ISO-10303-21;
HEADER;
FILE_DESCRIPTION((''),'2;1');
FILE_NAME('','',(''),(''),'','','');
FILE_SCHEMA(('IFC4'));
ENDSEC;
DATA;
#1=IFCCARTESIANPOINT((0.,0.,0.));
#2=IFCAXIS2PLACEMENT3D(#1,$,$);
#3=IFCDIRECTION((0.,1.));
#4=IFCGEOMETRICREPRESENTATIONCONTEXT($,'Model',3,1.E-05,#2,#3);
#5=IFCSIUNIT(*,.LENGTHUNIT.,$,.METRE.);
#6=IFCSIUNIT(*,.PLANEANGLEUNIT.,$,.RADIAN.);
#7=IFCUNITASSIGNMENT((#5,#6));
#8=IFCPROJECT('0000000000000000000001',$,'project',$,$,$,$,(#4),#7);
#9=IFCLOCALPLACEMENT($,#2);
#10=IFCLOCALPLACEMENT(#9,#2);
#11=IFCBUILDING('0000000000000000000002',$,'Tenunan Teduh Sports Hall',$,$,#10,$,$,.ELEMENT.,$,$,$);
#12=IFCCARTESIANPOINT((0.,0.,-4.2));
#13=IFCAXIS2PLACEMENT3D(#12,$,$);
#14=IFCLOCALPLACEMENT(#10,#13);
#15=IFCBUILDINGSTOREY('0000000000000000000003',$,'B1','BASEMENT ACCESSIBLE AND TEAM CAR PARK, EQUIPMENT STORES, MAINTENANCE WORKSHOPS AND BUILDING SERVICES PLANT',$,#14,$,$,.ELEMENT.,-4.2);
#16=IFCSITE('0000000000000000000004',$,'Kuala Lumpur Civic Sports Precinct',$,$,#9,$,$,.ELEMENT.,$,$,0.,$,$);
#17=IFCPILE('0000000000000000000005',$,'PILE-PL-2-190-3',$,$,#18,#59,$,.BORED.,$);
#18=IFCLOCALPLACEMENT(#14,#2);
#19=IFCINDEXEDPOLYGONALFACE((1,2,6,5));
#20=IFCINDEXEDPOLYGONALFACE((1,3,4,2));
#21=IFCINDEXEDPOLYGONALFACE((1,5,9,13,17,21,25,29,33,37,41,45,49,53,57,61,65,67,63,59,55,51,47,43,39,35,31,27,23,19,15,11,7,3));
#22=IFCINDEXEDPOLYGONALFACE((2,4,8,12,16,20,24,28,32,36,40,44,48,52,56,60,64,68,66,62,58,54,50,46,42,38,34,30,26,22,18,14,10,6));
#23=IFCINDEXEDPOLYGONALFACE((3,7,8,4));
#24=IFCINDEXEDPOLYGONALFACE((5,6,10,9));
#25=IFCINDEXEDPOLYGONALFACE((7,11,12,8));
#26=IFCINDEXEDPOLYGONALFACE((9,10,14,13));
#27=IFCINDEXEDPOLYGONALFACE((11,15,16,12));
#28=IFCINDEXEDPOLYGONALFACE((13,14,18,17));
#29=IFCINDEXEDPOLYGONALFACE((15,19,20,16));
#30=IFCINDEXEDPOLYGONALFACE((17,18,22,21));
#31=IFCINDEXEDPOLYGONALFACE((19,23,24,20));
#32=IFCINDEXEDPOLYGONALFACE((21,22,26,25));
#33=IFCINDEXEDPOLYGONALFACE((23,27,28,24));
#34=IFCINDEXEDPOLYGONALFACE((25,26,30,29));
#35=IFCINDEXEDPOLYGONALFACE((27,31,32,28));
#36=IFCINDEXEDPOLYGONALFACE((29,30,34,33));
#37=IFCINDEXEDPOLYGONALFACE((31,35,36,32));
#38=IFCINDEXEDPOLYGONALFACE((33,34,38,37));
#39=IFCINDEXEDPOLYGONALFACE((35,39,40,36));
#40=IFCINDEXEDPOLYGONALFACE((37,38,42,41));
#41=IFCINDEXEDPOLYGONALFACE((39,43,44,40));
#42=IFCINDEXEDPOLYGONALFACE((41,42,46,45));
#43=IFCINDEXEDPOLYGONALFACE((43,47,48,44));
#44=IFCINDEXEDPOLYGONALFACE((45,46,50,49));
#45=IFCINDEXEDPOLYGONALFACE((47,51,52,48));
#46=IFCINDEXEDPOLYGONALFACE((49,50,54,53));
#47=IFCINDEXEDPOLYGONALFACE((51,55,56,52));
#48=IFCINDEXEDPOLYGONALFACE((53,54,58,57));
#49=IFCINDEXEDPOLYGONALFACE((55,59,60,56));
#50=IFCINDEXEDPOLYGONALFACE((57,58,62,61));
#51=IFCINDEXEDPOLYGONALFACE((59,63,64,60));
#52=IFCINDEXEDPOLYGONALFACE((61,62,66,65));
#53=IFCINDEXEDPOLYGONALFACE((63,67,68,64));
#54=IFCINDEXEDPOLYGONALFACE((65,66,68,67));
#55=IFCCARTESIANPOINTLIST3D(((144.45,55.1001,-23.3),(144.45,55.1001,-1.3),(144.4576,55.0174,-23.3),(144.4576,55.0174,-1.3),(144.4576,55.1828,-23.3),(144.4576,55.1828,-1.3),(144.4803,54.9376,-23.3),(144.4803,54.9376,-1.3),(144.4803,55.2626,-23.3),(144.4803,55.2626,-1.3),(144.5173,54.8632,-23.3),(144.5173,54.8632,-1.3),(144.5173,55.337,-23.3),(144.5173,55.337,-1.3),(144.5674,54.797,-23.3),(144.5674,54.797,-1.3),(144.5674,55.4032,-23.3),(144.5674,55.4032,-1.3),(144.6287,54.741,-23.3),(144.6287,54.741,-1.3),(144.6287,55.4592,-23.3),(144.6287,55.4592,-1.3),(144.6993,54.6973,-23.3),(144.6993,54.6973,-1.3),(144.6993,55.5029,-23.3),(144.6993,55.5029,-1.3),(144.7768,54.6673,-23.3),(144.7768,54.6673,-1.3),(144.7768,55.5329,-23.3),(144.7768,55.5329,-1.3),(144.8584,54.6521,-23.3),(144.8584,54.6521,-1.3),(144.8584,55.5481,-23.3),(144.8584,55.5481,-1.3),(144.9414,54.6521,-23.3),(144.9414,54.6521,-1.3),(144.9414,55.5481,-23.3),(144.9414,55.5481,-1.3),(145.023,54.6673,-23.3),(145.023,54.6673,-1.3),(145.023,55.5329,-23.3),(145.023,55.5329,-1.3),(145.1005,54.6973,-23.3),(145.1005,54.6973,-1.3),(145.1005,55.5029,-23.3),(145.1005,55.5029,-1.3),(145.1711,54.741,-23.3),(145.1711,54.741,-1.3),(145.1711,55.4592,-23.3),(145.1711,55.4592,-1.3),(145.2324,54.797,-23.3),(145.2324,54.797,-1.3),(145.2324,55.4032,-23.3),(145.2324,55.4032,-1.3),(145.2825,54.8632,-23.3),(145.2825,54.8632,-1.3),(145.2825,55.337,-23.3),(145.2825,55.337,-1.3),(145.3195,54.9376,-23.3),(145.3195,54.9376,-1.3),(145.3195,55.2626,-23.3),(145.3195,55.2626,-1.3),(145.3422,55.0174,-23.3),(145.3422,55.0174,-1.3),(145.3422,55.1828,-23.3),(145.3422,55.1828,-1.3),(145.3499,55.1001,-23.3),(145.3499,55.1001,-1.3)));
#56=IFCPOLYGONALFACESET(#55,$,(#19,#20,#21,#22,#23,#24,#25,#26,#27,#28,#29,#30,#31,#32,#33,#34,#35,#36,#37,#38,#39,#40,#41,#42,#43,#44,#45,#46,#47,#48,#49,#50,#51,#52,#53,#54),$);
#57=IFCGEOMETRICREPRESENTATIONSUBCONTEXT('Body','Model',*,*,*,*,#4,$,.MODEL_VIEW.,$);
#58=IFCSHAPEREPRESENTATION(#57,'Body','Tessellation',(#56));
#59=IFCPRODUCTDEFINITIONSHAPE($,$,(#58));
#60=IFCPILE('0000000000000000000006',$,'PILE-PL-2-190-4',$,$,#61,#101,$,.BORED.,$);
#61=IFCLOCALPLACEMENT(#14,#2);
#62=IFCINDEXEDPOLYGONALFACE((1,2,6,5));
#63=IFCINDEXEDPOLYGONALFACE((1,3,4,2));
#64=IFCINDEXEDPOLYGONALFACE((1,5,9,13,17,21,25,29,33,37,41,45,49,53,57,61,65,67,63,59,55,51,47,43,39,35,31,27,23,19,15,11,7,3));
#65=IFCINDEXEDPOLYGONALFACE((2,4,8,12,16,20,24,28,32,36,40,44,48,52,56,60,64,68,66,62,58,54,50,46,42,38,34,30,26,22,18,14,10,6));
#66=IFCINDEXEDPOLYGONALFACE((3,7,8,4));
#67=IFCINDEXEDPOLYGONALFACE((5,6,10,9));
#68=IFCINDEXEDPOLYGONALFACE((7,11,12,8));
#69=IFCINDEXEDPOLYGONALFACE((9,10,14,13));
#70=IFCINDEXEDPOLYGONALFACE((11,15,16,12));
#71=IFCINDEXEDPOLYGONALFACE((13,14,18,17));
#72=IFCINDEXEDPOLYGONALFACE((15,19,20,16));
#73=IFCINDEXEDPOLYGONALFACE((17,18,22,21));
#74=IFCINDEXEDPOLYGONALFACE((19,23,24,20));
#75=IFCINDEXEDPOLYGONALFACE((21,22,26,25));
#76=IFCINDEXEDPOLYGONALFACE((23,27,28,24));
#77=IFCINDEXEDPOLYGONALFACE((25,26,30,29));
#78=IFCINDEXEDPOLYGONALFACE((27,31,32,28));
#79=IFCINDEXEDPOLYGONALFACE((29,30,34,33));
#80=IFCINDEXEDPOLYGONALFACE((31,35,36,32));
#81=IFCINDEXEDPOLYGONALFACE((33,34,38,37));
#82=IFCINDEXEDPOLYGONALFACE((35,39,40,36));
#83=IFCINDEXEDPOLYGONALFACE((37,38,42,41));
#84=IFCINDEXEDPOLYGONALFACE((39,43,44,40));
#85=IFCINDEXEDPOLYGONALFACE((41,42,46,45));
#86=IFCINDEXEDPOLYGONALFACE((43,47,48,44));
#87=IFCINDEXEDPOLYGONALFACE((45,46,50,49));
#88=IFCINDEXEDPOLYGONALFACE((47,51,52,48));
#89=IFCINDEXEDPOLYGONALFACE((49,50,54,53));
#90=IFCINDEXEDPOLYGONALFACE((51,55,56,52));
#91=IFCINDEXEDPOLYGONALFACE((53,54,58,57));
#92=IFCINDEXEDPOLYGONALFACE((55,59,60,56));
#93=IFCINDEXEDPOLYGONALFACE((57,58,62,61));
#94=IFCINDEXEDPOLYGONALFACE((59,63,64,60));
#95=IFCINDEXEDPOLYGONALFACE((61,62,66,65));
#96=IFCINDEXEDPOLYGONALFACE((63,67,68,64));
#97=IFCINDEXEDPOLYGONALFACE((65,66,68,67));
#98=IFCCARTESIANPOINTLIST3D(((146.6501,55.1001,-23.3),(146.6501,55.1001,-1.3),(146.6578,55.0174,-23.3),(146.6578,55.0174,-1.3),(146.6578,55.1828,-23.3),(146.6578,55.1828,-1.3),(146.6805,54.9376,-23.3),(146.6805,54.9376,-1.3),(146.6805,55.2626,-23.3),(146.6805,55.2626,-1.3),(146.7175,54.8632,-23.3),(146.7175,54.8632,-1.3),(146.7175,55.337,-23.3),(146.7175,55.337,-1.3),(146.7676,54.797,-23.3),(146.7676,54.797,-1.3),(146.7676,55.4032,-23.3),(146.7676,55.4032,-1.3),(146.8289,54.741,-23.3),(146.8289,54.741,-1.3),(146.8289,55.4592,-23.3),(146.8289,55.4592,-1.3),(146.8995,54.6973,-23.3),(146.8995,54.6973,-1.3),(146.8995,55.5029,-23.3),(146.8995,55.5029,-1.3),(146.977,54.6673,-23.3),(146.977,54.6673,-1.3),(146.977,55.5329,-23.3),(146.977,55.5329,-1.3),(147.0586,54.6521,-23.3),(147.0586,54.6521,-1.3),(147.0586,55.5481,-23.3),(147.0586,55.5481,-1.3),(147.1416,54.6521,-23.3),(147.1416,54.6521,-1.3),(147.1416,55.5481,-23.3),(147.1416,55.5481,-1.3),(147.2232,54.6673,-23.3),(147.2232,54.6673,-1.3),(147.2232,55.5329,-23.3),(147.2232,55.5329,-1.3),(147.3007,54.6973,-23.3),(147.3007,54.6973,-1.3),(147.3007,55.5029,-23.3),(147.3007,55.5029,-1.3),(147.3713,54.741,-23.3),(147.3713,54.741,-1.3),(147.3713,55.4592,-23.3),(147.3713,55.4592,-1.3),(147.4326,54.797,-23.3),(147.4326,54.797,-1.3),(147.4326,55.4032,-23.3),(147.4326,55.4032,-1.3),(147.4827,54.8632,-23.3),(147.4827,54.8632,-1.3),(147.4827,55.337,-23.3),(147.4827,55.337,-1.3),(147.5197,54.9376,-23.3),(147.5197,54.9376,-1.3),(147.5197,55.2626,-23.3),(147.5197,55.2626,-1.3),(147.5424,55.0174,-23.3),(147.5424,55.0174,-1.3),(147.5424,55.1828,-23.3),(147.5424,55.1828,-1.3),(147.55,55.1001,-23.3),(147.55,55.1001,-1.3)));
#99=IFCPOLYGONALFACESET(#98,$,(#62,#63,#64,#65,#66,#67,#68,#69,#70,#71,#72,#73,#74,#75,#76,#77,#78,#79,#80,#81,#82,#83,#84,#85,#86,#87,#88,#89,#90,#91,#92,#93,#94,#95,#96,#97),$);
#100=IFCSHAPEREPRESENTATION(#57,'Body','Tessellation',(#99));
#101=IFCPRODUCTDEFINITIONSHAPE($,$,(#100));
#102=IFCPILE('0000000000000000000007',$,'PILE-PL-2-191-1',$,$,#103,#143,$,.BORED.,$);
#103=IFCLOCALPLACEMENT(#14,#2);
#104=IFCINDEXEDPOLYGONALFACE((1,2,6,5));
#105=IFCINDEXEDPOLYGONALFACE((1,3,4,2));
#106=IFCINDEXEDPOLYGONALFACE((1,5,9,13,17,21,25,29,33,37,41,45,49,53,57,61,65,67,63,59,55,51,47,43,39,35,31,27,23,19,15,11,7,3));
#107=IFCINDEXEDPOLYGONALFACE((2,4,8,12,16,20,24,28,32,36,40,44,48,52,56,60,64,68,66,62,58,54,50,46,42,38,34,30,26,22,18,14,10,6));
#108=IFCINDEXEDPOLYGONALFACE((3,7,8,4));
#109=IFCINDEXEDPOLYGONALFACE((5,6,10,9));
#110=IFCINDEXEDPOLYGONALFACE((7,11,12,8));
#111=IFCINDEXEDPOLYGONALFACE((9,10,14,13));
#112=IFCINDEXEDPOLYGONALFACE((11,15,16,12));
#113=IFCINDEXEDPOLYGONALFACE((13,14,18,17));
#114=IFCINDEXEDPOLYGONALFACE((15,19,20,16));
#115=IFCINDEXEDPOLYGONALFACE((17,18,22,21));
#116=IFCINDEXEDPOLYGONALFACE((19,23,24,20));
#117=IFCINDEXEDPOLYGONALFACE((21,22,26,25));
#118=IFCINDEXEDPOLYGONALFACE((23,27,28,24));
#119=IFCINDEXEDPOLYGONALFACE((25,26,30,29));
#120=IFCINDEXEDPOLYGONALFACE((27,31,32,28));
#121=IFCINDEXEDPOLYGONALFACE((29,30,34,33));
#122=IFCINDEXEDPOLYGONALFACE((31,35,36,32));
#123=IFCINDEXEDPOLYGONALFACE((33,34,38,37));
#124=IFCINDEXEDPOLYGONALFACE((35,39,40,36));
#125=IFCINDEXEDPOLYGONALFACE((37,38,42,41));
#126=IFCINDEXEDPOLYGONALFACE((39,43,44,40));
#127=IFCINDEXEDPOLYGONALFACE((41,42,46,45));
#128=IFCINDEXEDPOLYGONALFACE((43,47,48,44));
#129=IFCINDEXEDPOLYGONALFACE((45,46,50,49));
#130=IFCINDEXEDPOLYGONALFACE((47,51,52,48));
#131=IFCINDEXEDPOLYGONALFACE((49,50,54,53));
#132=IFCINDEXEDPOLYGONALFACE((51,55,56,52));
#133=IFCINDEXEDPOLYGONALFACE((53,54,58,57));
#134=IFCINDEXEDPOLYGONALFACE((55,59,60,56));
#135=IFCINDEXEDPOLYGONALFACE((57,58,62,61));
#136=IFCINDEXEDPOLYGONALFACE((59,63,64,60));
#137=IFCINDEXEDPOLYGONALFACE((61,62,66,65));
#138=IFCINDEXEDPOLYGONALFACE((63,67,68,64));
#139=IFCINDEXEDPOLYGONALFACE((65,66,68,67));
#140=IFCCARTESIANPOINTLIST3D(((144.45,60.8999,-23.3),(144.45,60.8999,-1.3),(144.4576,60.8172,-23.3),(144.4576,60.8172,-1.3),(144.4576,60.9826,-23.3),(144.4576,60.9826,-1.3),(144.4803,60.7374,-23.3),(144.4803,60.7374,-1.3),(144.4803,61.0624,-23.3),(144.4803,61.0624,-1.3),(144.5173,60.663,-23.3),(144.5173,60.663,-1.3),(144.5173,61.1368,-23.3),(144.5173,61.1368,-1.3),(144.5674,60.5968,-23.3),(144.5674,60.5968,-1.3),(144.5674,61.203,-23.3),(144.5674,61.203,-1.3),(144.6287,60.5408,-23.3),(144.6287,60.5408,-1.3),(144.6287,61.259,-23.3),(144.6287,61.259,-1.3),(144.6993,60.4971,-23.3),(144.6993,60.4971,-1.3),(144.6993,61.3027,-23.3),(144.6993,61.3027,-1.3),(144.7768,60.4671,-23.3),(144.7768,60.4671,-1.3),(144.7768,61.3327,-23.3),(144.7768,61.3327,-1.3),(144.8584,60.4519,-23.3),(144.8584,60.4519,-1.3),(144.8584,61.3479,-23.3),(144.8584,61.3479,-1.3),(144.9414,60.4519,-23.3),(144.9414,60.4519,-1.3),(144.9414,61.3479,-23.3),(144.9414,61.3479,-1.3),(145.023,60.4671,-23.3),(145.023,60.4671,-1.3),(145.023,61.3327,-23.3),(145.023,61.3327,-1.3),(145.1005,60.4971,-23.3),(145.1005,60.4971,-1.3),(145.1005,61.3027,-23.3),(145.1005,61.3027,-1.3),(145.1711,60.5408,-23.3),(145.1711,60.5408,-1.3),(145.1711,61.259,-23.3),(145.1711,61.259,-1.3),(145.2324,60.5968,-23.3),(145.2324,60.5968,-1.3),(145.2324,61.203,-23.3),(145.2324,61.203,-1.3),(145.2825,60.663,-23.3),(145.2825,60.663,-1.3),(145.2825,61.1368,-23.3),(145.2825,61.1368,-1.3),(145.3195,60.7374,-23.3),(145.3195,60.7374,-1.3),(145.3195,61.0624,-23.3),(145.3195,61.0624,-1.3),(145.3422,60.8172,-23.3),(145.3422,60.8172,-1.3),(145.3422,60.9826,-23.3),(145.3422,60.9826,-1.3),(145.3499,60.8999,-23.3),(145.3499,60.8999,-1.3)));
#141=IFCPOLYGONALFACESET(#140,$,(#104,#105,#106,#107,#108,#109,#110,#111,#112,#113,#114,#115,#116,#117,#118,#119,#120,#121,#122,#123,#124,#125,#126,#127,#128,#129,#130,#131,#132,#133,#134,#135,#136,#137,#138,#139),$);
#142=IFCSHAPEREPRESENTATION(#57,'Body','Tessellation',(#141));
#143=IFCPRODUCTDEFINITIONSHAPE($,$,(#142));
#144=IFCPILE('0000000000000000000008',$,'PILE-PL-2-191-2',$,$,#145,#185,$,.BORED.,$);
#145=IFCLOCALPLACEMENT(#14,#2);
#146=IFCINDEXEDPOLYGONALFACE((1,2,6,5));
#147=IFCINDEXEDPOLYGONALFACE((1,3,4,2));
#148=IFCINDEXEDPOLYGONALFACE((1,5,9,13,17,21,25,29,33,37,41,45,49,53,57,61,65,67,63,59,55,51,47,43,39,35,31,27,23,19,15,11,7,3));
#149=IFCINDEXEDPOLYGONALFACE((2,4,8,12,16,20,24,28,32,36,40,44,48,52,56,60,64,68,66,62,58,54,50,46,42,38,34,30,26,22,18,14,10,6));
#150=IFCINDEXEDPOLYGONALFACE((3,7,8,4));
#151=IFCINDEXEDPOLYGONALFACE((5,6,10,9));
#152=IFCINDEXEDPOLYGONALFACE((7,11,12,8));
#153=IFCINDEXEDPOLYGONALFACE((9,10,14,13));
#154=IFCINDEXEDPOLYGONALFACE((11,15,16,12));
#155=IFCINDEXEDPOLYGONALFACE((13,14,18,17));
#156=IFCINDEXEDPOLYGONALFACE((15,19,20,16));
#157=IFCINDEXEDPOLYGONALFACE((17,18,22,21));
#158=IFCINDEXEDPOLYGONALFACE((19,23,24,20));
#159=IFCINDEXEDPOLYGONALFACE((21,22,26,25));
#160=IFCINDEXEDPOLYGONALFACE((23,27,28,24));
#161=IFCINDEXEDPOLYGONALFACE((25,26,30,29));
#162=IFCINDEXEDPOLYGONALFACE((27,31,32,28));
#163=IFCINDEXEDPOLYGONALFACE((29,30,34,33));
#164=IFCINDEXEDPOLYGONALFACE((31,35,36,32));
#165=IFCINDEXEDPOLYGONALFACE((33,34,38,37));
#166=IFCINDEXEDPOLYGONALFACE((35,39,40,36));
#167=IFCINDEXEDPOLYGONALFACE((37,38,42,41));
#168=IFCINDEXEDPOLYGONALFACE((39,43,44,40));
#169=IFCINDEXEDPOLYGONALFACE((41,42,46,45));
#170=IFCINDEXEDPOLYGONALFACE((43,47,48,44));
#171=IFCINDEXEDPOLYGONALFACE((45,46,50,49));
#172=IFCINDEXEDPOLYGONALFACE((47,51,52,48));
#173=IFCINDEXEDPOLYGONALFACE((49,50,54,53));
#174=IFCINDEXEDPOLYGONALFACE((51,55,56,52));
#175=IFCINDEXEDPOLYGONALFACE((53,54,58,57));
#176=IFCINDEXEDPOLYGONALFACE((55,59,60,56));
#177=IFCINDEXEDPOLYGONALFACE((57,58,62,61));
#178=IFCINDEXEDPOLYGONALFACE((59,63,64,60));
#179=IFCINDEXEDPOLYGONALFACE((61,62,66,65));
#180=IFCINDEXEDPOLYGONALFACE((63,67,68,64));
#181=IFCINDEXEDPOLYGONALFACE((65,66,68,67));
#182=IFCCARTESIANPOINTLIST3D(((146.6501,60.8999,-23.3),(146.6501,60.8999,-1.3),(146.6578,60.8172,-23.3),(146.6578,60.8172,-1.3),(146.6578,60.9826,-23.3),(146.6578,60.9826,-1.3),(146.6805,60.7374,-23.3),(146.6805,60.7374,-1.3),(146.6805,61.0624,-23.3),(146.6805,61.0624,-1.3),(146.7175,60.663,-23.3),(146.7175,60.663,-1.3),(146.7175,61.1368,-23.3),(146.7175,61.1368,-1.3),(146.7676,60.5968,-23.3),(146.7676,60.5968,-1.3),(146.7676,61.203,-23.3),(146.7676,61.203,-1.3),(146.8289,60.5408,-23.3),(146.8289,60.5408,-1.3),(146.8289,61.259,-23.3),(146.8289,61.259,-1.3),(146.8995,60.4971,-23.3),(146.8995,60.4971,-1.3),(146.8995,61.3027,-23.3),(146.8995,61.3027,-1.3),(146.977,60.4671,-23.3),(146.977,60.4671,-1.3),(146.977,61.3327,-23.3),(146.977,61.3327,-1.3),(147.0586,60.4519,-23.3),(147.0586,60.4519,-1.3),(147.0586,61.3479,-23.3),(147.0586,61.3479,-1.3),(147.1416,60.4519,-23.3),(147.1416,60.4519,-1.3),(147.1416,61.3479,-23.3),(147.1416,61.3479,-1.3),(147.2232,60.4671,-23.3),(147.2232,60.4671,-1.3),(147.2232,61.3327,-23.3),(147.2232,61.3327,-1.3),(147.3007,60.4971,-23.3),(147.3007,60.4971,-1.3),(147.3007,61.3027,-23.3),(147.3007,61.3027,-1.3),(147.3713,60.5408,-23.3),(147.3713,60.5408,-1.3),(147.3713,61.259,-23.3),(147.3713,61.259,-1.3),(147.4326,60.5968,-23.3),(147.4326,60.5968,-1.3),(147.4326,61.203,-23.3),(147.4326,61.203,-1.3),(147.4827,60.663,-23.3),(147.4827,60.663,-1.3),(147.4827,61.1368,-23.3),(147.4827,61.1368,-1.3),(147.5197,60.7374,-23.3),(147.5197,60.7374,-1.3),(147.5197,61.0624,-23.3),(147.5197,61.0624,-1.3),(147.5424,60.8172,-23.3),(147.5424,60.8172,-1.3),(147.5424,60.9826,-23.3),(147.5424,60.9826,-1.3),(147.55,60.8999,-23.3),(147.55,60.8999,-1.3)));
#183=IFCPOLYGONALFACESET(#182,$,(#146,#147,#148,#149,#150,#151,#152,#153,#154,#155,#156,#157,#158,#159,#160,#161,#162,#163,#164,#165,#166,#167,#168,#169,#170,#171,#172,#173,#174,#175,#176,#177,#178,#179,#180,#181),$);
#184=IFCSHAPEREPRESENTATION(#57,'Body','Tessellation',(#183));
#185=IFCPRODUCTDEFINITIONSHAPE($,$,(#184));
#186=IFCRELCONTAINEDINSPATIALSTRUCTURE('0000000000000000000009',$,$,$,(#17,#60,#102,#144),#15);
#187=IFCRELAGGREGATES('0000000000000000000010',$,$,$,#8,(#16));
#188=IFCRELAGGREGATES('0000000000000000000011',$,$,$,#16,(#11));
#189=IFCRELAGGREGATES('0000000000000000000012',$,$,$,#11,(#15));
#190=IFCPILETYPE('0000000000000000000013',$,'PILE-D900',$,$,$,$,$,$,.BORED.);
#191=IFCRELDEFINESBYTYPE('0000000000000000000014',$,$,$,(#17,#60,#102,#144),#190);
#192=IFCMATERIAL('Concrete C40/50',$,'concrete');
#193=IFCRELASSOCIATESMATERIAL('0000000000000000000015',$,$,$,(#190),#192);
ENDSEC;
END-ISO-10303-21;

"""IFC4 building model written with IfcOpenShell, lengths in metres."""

from ifc_helpers import new_model, si_unit, direction, frame, origin, origin_2d, place, context, subcontext, project, spatial, circle, extrude, material, material_profile, profile_set, type_object, element, save


model = new_model("IFC4")

# Units and contexts
model_context = context("Model", 3, precision=1e-05, world=origin(), true_north=direction((0.0, 1.0)))
body_context = subcontext(model_context, "Body", "Model", "MODEL_VIEW")
ifc_project = project(units=[si_unit("LENGTHUNIT", "METRE"), si_unit("PLANEANGLEUNIT", "RADIAN")], contexts=[model_context])

# Site, building, storey
site_placement = place(None, origin())
site = spatial("IfcSite", under=ifc_project, at=site_placement, Name="Kuala Lumpur Civic Sports Precinct", CompositionType="ELEMENT", RefElevation=0.0)
building_placement = place(site_placement, origin())
building = spatial("IfcBuilding", under=site, at=building_placement, Name="Tenunan Teduh Sports Hall", CompositionType="ELEMENT")
storey_placement = place(building_placement, frame((0.0, 0.0, -4.2)))
storey = spatial("IfcBuildingStorey", under=building, at=storey_placement, Name="B1", Description="BASEMENT ACCESSIBLE AND TEAM CAR PARK, EQUIPMENT STORES, MAINTENANCE WORKSHOPS AND BUILDING SERVICES PLANT", CompositionType="ELEMENT", Elevation=-4.2)

# Piles
ifc_material_1 = material(Name="Concrete C40/50", Category="concrete")
ifc_material_profile_1 = material_profile(ifc_material_1, circle(Radius=0.45, at=origin_2d()), Name="PILE D900")
ifc_profile_set_1 = profile_set([ifc_material_profile_1], Name="Concrete C40/50")
pile_type = type_object("IfcPileType", Name="PILE-D900", PredefinedType="BORED", material=ifc_profile_set_1)
for number, where, z_axis, x_axis, name in (
    (1, (144.8999, 55.1001, -1.3), (0.0, 0.0, -1.0), (1.0, 0.0, 0.0), "PILE-PL-2-190-3"),
    (2, (147.1001, 55.1001, -1.3), (0.0, 0.0, -1.0), (1.0, 0.0, 0.0), "PILE-PL-2-190-4"),
    (3, (144.8999, 60.8999, -1.3), (0.0, 0.0, -1.0), (1.0, 0.0, 0.0), "PILE-PL-2-191-1"),
    (4, (147.1001, 60.8999, -1.3), (0.0, 0.0, -1.0), (1.0, 0.0, 0.0), "PILE-PL-2-191-2"),
):
    element("IfcPile", number, at=place(storey_placement, frame(where, z_axis=z_axis, x_axis=x_axis)), inside=storey, type_object=pile_type, Name=name, PredefinedType="BORED", context=body_context, shape_type="SweptSolid", body=[
        extrude(circle(Radius=0.45, at=origin_2d()), origin(), (0.0, 0.0, 1.0), 22.0),
    ])

save(model, "model.ifc")
